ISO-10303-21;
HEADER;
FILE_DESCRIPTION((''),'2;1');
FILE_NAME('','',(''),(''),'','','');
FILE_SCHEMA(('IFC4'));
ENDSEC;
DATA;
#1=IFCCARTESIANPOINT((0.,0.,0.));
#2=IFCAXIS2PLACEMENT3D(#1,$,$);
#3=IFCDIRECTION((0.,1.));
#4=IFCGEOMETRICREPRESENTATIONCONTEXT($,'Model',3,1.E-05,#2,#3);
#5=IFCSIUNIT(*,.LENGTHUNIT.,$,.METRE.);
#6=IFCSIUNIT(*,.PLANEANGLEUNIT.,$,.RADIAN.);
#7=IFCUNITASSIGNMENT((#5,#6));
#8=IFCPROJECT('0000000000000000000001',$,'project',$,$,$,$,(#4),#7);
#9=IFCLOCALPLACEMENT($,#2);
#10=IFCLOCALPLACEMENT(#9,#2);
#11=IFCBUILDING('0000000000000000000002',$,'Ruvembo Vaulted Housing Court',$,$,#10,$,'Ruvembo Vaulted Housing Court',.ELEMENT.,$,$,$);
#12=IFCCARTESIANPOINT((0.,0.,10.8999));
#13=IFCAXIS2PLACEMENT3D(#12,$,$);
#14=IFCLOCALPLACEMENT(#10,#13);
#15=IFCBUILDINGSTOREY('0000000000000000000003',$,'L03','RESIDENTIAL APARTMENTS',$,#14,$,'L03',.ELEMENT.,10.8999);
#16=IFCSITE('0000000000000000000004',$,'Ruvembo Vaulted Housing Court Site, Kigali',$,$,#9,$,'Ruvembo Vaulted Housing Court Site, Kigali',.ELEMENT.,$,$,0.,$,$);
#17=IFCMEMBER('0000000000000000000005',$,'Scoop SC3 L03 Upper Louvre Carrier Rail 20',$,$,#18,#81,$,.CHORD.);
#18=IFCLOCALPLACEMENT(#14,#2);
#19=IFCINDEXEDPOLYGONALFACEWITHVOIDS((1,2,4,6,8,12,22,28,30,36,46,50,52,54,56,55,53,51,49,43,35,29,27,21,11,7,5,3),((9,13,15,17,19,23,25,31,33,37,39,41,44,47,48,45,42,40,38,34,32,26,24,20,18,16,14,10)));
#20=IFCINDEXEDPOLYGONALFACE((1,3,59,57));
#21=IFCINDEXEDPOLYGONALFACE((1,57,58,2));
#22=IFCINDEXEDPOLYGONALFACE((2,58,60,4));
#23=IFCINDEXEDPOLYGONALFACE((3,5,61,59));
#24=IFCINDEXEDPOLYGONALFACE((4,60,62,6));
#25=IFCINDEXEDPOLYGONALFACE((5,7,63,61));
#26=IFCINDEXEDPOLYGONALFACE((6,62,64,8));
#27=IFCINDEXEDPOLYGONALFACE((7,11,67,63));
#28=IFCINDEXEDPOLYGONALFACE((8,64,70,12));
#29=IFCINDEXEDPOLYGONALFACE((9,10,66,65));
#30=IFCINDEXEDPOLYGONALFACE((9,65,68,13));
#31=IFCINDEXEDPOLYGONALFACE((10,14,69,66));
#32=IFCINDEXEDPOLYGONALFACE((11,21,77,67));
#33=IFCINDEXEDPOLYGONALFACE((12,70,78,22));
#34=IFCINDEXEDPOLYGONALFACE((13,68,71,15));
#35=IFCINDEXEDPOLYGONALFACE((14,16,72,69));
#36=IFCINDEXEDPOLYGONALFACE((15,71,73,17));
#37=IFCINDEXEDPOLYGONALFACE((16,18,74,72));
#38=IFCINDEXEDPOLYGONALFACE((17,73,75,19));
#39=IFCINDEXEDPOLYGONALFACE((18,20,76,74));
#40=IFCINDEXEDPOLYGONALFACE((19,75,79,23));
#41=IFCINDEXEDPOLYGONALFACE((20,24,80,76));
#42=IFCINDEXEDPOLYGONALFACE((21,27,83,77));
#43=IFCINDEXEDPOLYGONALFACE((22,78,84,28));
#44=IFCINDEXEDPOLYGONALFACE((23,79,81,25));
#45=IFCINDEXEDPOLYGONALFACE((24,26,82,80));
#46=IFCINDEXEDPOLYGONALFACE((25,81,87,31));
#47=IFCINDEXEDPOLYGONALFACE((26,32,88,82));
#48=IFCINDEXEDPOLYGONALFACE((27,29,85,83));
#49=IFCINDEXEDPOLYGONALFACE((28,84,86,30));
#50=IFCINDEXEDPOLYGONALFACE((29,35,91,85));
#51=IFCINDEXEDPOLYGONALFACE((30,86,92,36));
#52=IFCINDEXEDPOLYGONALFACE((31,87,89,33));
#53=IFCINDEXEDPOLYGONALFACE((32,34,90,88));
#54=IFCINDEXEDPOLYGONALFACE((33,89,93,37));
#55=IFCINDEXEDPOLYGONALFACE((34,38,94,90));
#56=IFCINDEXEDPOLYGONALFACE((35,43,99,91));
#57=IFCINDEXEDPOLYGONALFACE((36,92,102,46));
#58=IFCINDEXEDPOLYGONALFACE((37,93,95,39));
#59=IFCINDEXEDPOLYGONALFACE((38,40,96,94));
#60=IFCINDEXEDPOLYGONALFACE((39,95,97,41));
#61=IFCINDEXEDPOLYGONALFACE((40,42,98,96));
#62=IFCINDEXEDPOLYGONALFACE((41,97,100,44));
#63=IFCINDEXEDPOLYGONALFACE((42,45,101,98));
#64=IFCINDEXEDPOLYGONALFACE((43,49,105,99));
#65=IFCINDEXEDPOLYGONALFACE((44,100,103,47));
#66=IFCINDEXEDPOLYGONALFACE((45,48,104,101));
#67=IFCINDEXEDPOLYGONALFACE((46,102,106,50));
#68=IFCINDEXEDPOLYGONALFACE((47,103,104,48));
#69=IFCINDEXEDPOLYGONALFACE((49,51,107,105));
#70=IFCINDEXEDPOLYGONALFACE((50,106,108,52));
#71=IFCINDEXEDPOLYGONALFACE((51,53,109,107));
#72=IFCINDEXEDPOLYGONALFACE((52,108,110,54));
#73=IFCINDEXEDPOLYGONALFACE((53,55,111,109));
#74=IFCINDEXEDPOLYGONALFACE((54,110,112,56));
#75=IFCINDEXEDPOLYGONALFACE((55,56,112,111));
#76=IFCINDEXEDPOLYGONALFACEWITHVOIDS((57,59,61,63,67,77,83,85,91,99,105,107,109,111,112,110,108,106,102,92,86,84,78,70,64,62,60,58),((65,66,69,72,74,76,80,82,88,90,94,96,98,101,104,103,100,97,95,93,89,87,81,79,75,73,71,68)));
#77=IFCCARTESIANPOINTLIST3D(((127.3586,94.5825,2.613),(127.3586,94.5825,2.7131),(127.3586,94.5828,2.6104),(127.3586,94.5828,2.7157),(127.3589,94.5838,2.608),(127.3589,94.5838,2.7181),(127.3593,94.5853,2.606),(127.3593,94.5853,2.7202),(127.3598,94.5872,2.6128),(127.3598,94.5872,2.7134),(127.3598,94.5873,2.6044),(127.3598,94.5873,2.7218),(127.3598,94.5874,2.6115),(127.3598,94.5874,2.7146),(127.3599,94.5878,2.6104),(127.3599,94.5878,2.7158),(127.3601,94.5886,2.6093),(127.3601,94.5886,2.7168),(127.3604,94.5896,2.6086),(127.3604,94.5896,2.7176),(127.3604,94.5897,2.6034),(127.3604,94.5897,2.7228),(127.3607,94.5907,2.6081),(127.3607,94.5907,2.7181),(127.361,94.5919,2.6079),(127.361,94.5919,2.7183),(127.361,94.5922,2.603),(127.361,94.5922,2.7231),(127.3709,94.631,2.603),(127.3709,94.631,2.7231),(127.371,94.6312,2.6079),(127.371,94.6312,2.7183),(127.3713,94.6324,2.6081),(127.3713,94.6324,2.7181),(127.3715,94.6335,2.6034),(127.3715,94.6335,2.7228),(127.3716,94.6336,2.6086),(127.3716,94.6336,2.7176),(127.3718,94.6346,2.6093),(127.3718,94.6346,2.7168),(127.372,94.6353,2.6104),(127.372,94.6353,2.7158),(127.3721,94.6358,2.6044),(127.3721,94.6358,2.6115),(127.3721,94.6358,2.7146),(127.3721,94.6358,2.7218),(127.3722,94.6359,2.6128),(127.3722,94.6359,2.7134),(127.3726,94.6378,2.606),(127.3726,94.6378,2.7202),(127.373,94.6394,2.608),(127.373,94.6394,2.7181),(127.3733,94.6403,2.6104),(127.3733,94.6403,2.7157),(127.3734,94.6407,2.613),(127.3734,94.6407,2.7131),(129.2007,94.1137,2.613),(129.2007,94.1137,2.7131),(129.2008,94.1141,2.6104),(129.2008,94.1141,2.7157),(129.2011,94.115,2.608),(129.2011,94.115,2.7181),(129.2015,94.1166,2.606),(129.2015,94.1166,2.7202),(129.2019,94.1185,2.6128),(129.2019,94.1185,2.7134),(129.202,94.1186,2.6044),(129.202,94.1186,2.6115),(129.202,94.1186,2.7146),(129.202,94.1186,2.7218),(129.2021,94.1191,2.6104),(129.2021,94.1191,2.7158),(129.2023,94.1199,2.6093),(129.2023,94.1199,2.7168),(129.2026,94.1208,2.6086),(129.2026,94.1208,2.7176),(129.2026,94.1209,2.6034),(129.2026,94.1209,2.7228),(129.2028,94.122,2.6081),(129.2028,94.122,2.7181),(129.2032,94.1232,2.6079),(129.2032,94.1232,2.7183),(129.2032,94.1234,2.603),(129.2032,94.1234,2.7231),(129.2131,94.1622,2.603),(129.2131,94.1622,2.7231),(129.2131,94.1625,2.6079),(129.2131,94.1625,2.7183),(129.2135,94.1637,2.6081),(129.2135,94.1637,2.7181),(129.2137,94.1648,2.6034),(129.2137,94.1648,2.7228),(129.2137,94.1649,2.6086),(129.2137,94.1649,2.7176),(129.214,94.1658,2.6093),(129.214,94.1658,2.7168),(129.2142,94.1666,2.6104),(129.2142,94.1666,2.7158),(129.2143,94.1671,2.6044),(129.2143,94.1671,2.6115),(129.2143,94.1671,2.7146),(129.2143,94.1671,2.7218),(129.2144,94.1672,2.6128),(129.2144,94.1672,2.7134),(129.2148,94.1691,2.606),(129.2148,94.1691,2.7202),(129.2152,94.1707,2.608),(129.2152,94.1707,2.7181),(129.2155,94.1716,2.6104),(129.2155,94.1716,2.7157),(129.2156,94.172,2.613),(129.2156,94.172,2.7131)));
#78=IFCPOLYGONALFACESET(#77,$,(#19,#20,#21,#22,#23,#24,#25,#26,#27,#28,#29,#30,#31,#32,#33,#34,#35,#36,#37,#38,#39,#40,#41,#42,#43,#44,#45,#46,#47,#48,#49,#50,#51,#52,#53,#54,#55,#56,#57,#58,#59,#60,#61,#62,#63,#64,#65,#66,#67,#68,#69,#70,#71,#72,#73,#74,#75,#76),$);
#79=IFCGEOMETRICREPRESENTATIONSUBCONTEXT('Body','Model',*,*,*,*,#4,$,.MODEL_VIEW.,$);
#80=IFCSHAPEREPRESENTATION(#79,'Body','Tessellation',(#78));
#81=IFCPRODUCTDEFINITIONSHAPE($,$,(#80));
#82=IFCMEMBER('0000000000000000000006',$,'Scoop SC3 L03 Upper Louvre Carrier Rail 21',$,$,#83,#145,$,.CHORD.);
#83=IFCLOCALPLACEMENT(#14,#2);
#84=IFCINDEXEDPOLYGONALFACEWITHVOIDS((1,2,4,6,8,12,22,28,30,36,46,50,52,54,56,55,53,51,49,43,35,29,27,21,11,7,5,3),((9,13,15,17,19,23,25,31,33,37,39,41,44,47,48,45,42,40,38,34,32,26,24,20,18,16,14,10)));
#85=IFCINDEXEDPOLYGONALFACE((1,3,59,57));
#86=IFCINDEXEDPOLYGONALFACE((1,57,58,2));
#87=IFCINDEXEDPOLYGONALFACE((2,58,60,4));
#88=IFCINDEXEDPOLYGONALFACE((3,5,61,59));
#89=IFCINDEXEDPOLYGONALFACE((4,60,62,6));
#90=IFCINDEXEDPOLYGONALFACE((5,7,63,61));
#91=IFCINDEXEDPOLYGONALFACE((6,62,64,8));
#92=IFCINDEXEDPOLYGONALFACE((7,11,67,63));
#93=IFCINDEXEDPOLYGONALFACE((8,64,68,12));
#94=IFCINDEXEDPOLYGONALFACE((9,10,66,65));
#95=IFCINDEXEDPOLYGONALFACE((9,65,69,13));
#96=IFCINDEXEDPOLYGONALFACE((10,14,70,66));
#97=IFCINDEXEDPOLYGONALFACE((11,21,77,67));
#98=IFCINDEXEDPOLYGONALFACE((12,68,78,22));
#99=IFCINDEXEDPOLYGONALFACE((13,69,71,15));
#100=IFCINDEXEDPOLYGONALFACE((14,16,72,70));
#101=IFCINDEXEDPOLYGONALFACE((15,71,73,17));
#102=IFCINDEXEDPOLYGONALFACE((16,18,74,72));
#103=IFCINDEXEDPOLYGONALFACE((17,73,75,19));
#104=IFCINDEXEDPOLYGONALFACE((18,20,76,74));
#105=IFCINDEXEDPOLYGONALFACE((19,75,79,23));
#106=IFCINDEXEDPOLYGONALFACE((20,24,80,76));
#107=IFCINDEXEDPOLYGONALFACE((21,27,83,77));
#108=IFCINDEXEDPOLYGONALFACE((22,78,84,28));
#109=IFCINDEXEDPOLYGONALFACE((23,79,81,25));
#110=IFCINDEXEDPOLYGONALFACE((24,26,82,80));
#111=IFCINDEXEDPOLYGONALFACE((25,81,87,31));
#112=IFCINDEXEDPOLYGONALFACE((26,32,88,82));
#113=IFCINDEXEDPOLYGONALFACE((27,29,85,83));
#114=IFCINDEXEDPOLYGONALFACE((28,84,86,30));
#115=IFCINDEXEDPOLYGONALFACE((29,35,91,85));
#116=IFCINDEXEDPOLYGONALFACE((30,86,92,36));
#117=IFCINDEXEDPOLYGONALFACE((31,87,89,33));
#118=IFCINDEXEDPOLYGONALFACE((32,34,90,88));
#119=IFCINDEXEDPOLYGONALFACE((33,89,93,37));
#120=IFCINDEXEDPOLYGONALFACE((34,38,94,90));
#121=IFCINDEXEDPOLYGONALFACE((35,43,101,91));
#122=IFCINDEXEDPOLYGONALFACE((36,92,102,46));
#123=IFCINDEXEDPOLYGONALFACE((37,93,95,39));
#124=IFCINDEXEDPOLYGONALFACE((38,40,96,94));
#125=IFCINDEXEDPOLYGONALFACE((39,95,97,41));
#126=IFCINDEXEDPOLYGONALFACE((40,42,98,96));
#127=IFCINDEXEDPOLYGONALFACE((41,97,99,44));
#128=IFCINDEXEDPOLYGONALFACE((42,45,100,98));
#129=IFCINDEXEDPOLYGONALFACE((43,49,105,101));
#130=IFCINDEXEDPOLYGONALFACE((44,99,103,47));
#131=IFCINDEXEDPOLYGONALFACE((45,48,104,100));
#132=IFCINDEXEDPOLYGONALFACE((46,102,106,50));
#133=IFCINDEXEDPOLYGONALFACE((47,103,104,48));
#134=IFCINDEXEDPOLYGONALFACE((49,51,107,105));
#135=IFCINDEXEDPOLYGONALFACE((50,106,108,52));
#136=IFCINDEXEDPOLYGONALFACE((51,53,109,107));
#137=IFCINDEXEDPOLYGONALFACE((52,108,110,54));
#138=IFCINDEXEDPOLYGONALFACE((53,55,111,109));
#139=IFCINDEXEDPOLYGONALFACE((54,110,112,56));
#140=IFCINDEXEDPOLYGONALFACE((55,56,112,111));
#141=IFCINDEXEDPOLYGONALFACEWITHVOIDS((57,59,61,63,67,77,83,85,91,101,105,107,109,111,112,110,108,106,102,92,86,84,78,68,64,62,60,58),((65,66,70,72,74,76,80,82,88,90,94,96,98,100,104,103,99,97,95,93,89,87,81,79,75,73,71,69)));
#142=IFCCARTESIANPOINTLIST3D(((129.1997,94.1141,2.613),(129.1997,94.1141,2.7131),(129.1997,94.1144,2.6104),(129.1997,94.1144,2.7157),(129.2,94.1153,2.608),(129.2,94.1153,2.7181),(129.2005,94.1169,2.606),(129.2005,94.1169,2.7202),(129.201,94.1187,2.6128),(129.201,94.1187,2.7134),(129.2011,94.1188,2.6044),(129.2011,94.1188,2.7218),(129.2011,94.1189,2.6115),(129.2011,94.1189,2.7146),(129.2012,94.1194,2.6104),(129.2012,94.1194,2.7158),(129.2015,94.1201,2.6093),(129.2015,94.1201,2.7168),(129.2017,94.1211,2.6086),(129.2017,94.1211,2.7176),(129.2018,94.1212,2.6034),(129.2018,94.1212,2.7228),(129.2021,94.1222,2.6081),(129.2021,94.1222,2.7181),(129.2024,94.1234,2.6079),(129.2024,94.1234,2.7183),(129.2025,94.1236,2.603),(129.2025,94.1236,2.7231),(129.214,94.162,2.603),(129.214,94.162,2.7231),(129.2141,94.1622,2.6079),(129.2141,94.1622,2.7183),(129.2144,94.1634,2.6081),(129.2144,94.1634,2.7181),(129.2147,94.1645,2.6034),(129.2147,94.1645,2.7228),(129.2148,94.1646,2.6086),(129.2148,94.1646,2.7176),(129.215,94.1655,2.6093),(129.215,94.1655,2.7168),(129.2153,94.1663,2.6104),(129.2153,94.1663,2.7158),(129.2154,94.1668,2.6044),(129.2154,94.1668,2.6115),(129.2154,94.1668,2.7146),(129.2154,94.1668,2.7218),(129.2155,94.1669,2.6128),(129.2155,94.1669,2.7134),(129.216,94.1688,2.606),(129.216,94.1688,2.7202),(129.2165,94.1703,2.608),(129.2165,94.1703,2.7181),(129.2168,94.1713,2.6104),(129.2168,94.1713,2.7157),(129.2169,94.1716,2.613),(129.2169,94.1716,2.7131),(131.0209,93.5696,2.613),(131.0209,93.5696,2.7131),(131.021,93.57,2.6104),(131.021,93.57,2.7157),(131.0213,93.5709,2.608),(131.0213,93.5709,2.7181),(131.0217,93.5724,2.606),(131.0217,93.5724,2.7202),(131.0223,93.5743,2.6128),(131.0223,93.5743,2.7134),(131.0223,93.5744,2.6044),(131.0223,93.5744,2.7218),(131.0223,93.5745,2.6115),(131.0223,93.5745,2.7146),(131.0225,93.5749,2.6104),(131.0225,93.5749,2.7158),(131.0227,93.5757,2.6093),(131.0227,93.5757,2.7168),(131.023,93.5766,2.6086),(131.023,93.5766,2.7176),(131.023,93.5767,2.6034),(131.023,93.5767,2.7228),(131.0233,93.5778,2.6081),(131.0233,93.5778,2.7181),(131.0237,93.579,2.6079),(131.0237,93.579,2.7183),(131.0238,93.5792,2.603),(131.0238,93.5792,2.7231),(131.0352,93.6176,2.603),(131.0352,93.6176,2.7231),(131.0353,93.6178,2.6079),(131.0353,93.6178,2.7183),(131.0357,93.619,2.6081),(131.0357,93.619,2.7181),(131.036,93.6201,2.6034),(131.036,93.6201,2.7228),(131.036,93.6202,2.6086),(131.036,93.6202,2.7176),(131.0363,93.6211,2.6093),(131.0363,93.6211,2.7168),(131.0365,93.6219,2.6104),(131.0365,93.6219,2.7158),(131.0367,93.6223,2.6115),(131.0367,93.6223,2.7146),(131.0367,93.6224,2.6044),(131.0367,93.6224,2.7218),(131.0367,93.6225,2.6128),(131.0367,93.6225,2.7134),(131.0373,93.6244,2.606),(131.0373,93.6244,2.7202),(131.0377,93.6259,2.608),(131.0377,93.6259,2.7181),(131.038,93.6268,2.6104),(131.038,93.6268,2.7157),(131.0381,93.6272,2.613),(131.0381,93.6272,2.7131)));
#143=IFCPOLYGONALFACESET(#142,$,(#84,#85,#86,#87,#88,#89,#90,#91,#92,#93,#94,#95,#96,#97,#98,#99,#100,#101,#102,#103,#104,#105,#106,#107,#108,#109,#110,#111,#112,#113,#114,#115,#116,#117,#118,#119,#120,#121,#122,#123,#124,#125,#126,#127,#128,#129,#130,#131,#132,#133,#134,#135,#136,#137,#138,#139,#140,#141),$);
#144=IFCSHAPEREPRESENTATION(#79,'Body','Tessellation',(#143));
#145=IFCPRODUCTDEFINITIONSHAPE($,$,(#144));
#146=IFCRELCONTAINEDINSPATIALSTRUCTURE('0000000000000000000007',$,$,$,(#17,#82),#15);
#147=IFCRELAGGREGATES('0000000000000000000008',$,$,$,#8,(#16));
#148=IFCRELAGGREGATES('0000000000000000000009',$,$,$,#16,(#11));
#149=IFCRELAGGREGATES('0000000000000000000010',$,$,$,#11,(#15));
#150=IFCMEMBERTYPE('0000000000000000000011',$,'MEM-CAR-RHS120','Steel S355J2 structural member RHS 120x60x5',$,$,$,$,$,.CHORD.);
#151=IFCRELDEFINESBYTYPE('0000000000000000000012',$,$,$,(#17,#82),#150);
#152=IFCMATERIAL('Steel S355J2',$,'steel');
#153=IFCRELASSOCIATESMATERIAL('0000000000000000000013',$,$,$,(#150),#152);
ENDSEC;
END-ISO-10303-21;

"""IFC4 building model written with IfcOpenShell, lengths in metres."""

from ifc_helpers import new_model, si_unit, direction, frame, origin, origin_2d, place, context, subcontext, project, spatial, hollow_rectangle, extrude, material, material_profile, profile_set, type_object, element, save


model = new_model("IFC4")

# Units and contexts
model_context = context("Model", 3, precision=1e-05, world=origin(), true_north=direction((0.0, 1.0)))
body_context = subcontext(model_context, "Body", "Model", "MODEL_VIEW")
ifc_project = project(units=[si_unit("LENGTHUNIT", "METRE"), si_unit("PLANEANGLEUNIT", "RADIAN")], contexts=[model_context])

# Site, building, storey
site_placement = place(None, origin())
site = spatial("IfcSite", under=ifc_project, at=site_placement, Name="Ruvembo Vaulted Housing Court Site, Kigali", LongName="Ruvembo Vaulted Housing Court Site, Kigali", CompositionType="ELEMENT", RefElevation=0.0)
building_placement = place(site_placement, origin())
building = spatial("IfcBuilding", under=site, at=building_placement, Name="Ruvembo Vaulted Housing Court", LongName="Ruvembo Vaulted Housing Court", CompositionType="ELEMENT")
storey_placement = place(building_placement, frame((0.0, 0.0, 10.8999)))
storey = spatial("IfcBuildingStorey", under=building, at=storey_placement, Name="L03", Description="RESIDENTIAL APARTMENTS", LongName="L03", CompositionType="ELEMENT", Elevation=10.8999)

# Shared definitions
ifc_material_1 = material(Name="Steel S355J2", Category="steel")

# Members
ifc_material_profile_1 = material_profile(ifc_material_1, hollow_rectangle(XDim=0.0601, YDim=0.1201, WallThickness=0.0049, InnerFilletRadius=0.0049, OuterFilletRadius=0.01, at=origin_2d()), Name="RHS 120x60x5")
ifc_profile_set_1 = profile_set([ifc_material_profile_1], Name="Steel S355J2")
member_type_1 = type_object("IfcMemberType", Name="MEM-CAR-RHS120", Description="Steel S355J2 structural member RHS 120x60x5", PredefinedType="CHORD", material=ifc_profile_set_1)
for number, where, z_axis, x_axis, name in (
    (1, (127.366, 94.6116, 2.6631), (0.969122, -0.246583, 0.0), (0.246583, 0.969122, 0.0), "Scoop SC3 L03 Upper Louvre Carrier Rail 20"),
    (2, (129.2083, 94.1428, 2.6631), (0.958109, -0.286405, 0.0), (0.286405, 0.958109, 0.0), "Scoop SC3 L03 Upper Louvre Carrier Rail 21"),
):
    element("IfcMember", number, at=place(storey_placement, frame(where, z_axis=z_axis, x_axis=x_axis)), inside=storey, type_object=member_type_1, Name=name, PredefinedType="CHORD", context=body_context, shape_type="SweptSolid", body=[
        extrude(hollow_rectangle(XDim=0.0601, YDim=0.1201, WallThickness=0.0049, InnerFilletRadius=0.0049, OuterFilletRadius=0.01, at=origin_2d()), origin(), (0.0, 0.0, 1.0), 1.9009),
    ])

save(model, "model.ifc")
